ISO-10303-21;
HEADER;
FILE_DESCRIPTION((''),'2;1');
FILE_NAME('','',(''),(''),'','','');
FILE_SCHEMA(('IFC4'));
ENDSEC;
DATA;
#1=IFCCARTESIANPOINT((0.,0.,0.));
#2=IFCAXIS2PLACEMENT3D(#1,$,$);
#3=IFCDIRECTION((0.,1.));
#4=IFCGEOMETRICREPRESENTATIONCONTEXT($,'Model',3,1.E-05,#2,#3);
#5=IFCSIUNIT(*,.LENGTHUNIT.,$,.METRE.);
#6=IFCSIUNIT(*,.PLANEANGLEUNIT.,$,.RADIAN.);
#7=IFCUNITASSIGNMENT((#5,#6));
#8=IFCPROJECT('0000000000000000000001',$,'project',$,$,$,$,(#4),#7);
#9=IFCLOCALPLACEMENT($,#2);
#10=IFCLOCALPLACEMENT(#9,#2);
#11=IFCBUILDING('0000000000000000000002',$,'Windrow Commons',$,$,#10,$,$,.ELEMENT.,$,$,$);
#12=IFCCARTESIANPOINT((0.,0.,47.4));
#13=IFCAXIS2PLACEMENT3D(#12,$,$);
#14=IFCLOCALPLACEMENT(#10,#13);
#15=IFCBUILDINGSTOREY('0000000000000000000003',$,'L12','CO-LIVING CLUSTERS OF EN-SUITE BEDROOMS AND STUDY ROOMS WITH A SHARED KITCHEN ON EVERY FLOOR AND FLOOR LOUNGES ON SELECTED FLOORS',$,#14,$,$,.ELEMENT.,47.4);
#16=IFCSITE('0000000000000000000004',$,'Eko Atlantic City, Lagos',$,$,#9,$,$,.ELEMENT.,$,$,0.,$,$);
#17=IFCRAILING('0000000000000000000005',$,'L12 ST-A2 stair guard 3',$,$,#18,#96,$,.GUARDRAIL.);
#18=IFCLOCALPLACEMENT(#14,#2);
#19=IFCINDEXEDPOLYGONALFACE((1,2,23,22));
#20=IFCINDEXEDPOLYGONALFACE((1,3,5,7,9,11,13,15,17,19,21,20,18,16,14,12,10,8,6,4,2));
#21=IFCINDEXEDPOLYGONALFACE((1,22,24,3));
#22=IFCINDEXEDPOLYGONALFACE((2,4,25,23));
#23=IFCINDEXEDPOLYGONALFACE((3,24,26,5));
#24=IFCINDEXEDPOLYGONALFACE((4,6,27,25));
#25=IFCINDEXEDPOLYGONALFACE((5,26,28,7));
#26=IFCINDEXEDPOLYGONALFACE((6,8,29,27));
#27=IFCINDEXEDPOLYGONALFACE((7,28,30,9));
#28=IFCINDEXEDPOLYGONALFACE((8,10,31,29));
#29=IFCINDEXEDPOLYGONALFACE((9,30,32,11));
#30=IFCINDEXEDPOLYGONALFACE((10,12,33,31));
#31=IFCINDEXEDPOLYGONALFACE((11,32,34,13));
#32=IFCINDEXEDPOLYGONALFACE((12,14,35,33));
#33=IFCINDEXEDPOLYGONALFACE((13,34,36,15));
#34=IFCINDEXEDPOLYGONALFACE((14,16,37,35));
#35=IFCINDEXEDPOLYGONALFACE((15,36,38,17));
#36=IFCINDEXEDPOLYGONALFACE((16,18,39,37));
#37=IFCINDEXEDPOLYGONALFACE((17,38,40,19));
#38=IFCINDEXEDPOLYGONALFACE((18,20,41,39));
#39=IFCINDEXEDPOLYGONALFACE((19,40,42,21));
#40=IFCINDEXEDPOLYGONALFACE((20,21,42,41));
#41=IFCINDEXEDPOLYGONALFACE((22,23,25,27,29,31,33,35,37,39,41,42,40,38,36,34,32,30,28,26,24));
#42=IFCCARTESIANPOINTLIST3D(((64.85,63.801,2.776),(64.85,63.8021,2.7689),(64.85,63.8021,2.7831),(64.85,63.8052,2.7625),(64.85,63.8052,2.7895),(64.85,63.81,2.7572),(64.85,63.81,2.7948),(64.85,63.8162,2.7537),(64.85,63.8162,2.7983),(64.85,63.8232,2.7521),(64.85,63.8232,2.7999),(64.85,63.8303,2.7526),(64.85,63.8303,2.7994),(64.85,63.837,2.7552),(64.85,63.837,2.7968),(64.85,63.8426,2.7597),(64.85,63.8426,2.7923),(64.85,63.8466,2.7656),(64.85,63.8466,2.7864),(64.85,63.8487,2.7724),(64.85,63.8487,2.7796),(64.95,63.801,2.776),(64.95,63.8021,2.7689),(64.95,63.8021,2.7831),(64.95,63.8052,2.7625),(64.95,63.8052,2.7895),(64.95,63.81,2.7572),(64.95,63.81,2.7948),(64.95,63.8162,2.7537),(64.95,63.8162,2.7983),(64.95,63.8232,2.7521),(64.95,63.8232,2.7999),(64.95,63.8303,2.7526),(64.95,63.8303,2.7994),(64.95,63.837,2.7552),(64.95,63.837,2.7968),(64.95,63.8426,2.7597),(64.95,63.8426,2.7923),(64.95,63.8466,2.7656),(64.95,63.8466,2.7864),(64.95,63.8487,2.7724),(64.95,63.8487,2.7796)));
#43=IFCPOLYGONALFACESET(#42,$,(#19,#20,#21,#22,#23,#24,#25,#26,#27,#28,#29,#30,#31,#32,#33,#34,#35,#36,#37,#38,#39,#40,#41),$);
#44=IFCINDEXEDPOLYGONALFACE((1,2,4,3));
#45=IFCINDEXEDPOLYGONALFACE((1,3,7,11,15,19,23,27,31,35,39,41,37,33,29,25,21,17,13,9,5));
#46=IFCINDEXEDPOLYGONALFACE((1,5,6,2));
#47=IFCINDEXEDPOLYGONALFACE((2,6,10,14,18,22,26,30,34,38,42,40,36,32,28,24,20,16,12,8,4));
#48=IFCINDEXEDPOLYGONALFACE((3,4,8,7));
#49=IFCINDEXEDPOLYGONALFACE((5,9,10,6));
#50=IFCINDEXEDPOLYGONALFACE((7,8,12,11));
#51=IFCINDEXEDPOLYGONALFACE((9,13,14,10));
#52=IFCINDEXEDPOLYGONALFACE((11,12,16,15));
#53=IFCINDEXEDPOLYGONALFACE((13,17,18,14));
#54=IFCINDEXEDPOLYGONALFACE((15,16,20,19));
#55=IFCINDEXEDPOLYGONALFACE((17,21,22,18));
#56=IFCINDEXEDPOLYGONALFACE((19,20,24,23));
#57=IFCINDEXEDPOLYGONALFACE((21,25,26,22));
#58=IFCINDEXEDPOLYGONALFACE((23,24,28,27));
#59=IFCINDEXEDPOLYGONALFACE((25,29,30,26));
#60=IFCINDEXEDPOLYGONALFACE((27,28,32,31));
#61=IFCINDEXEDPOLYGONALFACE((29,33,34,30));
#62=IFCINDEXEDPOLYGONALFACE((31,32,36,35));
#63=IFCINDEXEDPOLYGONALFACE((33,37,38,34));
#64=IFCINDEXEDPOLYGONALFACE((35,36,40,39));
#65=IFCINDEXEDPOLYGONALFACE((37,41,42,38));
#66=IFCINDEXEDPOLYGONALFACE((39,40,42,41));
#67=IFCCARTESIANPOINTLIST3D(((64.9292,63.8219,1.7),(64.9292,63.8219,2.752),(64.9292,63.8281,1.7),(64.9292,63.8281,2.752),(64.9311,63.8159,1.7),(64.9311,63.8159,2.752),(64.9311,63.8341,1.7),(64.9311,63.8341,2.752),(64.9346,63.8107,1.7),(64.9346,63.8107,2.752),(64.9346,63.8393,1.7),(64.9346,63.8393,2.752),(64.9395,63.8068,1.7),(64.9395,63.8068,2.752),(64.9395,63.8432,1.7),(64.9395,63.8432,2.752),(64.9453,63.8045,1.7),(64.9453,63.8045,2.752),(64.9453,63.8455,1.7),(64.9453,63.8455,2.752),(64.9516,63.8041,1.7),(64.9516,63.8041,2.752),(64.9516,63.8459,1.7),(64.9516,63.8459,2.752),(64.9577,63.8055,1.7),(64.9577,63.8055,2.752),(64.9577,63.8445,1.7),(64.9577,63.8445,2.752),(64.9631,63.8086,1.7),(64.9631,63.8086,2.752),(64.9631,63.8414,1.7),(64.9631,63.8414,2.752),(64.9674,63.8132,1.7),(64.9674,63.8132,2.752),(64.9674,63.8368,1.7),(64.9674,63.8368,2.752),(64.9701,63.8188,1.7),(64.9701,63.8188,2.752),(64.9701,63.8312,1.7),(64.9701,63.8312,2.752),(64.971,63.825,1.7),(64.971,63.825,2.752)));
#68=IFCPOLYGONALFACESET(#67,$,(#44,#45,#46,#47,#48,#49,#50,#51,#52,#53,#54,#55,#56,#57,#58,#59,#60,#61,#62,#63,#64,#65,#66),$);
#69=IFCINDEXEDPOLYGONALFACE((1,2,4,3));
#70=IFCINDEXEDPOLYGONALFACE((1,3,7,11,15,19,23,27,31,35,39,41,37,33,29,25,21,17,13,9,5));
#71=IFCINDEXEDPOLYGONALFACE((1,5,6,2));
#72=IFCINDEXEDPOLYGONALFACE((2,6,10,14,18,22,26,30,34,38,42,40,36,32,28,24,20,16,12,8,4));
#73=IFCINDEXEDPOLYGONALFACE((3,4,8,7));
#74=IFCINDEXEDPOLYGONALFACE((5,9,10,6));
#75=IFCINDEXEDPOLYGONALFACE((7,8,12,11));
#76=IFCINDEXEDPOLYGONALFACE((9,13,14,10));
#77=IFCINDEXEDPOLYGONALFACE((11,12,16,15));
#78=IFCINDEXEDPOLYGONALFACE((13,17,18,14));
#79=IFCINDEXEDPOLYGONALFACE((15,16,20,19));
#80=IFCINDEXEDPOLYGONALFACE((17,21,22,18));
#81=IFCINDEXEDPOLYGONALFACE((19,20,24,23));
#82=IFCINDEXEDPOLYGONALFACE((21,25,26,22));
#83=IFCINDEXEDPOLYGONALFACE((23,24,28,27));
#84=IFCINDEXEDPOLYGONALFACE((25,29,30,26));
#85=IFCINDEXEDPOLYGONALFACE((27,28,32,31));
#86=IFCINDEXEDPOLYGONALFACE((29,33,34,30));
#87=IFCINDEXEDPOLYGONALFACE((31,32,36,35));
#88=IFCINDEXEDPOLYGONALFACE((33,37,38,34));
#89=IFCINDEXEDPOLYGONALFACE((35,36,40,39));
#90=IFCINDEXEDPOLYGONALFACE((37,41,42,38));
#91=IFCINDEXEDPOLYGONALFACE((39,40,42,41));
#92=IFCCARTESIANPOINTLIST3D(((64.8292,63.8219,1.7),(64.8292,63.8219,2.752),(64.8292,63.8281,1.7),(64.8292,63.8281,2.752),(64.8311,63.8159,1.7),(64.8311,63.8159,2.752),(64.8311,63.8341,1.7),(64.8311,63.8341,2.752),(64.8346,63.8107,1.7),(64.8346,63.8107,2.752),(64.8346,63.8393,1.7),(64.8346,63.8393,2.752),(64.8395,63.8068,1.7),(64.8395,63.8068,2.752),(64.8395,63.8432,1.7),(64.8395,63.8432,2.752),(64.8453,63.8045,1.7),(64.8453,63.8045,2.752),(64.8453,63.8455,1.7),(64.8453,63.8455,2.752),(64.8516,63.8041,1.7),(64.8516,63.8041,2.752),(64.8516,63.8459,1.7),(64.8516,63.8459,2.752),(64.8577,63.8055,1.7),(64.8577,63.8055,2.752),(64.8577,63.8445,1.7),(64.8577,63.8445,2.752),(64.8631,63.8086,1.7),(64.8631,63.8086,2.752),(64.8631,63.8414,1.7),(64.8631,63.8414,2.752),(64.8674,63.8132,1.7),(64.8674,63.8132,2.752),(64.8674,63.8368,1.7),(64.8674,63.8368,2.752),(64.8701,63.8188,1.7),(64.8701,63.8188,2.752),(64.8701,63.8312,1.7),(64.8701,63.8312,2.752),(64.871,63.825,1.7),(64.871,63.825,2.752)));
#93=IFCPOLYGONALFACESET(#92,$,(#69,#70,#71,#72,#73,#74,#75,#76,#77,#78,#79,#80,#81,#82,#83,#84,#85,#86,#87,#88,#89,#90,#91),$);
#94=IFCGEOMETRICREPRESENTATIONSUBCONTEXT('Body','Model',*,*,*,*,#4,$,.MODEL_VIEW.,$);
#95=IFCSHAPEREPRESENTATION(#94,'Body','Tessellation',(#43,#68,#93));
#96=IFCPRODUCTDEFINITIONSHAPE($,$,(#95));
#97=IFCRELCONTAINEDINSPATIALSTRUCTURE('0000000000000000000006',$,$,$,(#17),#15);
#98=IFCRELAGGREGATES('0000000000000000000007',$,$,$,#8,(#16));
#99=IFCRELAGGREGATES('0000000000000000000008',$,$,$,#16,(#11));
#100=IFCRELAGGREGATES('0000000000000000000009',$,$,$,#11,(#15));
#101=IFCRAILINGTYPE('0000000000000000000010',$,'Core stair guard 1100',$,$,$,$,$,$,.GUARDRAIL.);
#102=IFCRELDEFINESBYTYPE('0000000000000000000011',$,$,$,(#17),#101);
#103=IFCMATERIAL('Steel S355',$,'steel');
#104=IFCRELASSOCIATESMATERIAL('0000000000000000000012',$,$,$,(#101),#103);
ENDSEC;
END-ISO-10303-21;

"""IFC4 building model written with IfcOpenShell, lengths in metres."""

from ifc_helpers import new_model, si_unit, direction, frame, origin, origin_2d, place, context, subcontext, project, spatial, circle, extrude, material, type_object, element, save


model = new_model("IFC4")

# Units and contexts
model_context = context("Model", 3, precision=1e-05, world=origin(), true_north=direction((0.0, 1.0)))
body_context = subcontext(model_context, "Body", "Model", "MODEL_VIEW")
ifc_project = project(units=[si_unit("LENGTHUNIT", "METRE"), si_unit("PLANEANGLEUNIT", "RADIAN")], contexts=[model_context])

# Site, building, storey
site_placement = place(None, origin())
site = spatial("IfcSite", under=ifc_project, at=site_placement, Name="Eko Atlantic City, Lagos", CompositionType="ELEMENT", RefElevation=0.0)
building_placement = place(site_placement, origin())
building = spatial("IfcBuilding", under=site, at=building_placement, Name="Windrow Commons", CompositionType="ELEMENT")
storey_placement = place(building_placement, frame((0.0, 0.0, 47.4)))
storey = spatial("IfcBuildingStorey", under=building, at=storey_placement, Name="L12", Description="CO-LIVING CLUSTERS OF EN-SUITE BEDROOMS AND STUDY ROOMS WITH A SHARED KITCHEN ON EVERY FLOOR AND FLOOR LOUNGES ON SELECTED FLOORS", CompositionType="ELEMENT", Elevation=47.4)

# Railing
ifc_material_1 = material(Name="Steel S355", Category="steel")
railing_type_1 = type_object("IfcRailingType", Name="Core stair guard 1100", PredefinedType="GUARDRAIL", material=ifc_material_1)
railing_1_placement = place(storey_placement, frame((64.95, 63.825, 1.7)))
element("IfcRailing", 1, at=railing_1_placement, inside=storey, type_object=railing_type_1, Name="L12 ST-A2 stair guard 3", PredefinedType="GUARDRAIL", context=body_context, shape_type="SweptSolid", body=[
    extrude(circle(Radius=0.024, at=origin_2d()), frame((0.0, 0.0, 1.076), z_axis=(-1.0, 0.0, 0.0), x_axis=(0.0, -1.0, 0.0)), (0.0, 0.0, 1.0), 0.1),
    extrude(circle(Radius=0.021, at=origin_2d()), origin(), (0.0, 0.0, 1.0), 1.052),
    extrude(circle(Radius=0.021, at=origin_2d()), frame((-0.1, 0.0, 0.0)), (0.0, 0.0, 1.0), 1.052),
])

save(model, "model.ifc")
